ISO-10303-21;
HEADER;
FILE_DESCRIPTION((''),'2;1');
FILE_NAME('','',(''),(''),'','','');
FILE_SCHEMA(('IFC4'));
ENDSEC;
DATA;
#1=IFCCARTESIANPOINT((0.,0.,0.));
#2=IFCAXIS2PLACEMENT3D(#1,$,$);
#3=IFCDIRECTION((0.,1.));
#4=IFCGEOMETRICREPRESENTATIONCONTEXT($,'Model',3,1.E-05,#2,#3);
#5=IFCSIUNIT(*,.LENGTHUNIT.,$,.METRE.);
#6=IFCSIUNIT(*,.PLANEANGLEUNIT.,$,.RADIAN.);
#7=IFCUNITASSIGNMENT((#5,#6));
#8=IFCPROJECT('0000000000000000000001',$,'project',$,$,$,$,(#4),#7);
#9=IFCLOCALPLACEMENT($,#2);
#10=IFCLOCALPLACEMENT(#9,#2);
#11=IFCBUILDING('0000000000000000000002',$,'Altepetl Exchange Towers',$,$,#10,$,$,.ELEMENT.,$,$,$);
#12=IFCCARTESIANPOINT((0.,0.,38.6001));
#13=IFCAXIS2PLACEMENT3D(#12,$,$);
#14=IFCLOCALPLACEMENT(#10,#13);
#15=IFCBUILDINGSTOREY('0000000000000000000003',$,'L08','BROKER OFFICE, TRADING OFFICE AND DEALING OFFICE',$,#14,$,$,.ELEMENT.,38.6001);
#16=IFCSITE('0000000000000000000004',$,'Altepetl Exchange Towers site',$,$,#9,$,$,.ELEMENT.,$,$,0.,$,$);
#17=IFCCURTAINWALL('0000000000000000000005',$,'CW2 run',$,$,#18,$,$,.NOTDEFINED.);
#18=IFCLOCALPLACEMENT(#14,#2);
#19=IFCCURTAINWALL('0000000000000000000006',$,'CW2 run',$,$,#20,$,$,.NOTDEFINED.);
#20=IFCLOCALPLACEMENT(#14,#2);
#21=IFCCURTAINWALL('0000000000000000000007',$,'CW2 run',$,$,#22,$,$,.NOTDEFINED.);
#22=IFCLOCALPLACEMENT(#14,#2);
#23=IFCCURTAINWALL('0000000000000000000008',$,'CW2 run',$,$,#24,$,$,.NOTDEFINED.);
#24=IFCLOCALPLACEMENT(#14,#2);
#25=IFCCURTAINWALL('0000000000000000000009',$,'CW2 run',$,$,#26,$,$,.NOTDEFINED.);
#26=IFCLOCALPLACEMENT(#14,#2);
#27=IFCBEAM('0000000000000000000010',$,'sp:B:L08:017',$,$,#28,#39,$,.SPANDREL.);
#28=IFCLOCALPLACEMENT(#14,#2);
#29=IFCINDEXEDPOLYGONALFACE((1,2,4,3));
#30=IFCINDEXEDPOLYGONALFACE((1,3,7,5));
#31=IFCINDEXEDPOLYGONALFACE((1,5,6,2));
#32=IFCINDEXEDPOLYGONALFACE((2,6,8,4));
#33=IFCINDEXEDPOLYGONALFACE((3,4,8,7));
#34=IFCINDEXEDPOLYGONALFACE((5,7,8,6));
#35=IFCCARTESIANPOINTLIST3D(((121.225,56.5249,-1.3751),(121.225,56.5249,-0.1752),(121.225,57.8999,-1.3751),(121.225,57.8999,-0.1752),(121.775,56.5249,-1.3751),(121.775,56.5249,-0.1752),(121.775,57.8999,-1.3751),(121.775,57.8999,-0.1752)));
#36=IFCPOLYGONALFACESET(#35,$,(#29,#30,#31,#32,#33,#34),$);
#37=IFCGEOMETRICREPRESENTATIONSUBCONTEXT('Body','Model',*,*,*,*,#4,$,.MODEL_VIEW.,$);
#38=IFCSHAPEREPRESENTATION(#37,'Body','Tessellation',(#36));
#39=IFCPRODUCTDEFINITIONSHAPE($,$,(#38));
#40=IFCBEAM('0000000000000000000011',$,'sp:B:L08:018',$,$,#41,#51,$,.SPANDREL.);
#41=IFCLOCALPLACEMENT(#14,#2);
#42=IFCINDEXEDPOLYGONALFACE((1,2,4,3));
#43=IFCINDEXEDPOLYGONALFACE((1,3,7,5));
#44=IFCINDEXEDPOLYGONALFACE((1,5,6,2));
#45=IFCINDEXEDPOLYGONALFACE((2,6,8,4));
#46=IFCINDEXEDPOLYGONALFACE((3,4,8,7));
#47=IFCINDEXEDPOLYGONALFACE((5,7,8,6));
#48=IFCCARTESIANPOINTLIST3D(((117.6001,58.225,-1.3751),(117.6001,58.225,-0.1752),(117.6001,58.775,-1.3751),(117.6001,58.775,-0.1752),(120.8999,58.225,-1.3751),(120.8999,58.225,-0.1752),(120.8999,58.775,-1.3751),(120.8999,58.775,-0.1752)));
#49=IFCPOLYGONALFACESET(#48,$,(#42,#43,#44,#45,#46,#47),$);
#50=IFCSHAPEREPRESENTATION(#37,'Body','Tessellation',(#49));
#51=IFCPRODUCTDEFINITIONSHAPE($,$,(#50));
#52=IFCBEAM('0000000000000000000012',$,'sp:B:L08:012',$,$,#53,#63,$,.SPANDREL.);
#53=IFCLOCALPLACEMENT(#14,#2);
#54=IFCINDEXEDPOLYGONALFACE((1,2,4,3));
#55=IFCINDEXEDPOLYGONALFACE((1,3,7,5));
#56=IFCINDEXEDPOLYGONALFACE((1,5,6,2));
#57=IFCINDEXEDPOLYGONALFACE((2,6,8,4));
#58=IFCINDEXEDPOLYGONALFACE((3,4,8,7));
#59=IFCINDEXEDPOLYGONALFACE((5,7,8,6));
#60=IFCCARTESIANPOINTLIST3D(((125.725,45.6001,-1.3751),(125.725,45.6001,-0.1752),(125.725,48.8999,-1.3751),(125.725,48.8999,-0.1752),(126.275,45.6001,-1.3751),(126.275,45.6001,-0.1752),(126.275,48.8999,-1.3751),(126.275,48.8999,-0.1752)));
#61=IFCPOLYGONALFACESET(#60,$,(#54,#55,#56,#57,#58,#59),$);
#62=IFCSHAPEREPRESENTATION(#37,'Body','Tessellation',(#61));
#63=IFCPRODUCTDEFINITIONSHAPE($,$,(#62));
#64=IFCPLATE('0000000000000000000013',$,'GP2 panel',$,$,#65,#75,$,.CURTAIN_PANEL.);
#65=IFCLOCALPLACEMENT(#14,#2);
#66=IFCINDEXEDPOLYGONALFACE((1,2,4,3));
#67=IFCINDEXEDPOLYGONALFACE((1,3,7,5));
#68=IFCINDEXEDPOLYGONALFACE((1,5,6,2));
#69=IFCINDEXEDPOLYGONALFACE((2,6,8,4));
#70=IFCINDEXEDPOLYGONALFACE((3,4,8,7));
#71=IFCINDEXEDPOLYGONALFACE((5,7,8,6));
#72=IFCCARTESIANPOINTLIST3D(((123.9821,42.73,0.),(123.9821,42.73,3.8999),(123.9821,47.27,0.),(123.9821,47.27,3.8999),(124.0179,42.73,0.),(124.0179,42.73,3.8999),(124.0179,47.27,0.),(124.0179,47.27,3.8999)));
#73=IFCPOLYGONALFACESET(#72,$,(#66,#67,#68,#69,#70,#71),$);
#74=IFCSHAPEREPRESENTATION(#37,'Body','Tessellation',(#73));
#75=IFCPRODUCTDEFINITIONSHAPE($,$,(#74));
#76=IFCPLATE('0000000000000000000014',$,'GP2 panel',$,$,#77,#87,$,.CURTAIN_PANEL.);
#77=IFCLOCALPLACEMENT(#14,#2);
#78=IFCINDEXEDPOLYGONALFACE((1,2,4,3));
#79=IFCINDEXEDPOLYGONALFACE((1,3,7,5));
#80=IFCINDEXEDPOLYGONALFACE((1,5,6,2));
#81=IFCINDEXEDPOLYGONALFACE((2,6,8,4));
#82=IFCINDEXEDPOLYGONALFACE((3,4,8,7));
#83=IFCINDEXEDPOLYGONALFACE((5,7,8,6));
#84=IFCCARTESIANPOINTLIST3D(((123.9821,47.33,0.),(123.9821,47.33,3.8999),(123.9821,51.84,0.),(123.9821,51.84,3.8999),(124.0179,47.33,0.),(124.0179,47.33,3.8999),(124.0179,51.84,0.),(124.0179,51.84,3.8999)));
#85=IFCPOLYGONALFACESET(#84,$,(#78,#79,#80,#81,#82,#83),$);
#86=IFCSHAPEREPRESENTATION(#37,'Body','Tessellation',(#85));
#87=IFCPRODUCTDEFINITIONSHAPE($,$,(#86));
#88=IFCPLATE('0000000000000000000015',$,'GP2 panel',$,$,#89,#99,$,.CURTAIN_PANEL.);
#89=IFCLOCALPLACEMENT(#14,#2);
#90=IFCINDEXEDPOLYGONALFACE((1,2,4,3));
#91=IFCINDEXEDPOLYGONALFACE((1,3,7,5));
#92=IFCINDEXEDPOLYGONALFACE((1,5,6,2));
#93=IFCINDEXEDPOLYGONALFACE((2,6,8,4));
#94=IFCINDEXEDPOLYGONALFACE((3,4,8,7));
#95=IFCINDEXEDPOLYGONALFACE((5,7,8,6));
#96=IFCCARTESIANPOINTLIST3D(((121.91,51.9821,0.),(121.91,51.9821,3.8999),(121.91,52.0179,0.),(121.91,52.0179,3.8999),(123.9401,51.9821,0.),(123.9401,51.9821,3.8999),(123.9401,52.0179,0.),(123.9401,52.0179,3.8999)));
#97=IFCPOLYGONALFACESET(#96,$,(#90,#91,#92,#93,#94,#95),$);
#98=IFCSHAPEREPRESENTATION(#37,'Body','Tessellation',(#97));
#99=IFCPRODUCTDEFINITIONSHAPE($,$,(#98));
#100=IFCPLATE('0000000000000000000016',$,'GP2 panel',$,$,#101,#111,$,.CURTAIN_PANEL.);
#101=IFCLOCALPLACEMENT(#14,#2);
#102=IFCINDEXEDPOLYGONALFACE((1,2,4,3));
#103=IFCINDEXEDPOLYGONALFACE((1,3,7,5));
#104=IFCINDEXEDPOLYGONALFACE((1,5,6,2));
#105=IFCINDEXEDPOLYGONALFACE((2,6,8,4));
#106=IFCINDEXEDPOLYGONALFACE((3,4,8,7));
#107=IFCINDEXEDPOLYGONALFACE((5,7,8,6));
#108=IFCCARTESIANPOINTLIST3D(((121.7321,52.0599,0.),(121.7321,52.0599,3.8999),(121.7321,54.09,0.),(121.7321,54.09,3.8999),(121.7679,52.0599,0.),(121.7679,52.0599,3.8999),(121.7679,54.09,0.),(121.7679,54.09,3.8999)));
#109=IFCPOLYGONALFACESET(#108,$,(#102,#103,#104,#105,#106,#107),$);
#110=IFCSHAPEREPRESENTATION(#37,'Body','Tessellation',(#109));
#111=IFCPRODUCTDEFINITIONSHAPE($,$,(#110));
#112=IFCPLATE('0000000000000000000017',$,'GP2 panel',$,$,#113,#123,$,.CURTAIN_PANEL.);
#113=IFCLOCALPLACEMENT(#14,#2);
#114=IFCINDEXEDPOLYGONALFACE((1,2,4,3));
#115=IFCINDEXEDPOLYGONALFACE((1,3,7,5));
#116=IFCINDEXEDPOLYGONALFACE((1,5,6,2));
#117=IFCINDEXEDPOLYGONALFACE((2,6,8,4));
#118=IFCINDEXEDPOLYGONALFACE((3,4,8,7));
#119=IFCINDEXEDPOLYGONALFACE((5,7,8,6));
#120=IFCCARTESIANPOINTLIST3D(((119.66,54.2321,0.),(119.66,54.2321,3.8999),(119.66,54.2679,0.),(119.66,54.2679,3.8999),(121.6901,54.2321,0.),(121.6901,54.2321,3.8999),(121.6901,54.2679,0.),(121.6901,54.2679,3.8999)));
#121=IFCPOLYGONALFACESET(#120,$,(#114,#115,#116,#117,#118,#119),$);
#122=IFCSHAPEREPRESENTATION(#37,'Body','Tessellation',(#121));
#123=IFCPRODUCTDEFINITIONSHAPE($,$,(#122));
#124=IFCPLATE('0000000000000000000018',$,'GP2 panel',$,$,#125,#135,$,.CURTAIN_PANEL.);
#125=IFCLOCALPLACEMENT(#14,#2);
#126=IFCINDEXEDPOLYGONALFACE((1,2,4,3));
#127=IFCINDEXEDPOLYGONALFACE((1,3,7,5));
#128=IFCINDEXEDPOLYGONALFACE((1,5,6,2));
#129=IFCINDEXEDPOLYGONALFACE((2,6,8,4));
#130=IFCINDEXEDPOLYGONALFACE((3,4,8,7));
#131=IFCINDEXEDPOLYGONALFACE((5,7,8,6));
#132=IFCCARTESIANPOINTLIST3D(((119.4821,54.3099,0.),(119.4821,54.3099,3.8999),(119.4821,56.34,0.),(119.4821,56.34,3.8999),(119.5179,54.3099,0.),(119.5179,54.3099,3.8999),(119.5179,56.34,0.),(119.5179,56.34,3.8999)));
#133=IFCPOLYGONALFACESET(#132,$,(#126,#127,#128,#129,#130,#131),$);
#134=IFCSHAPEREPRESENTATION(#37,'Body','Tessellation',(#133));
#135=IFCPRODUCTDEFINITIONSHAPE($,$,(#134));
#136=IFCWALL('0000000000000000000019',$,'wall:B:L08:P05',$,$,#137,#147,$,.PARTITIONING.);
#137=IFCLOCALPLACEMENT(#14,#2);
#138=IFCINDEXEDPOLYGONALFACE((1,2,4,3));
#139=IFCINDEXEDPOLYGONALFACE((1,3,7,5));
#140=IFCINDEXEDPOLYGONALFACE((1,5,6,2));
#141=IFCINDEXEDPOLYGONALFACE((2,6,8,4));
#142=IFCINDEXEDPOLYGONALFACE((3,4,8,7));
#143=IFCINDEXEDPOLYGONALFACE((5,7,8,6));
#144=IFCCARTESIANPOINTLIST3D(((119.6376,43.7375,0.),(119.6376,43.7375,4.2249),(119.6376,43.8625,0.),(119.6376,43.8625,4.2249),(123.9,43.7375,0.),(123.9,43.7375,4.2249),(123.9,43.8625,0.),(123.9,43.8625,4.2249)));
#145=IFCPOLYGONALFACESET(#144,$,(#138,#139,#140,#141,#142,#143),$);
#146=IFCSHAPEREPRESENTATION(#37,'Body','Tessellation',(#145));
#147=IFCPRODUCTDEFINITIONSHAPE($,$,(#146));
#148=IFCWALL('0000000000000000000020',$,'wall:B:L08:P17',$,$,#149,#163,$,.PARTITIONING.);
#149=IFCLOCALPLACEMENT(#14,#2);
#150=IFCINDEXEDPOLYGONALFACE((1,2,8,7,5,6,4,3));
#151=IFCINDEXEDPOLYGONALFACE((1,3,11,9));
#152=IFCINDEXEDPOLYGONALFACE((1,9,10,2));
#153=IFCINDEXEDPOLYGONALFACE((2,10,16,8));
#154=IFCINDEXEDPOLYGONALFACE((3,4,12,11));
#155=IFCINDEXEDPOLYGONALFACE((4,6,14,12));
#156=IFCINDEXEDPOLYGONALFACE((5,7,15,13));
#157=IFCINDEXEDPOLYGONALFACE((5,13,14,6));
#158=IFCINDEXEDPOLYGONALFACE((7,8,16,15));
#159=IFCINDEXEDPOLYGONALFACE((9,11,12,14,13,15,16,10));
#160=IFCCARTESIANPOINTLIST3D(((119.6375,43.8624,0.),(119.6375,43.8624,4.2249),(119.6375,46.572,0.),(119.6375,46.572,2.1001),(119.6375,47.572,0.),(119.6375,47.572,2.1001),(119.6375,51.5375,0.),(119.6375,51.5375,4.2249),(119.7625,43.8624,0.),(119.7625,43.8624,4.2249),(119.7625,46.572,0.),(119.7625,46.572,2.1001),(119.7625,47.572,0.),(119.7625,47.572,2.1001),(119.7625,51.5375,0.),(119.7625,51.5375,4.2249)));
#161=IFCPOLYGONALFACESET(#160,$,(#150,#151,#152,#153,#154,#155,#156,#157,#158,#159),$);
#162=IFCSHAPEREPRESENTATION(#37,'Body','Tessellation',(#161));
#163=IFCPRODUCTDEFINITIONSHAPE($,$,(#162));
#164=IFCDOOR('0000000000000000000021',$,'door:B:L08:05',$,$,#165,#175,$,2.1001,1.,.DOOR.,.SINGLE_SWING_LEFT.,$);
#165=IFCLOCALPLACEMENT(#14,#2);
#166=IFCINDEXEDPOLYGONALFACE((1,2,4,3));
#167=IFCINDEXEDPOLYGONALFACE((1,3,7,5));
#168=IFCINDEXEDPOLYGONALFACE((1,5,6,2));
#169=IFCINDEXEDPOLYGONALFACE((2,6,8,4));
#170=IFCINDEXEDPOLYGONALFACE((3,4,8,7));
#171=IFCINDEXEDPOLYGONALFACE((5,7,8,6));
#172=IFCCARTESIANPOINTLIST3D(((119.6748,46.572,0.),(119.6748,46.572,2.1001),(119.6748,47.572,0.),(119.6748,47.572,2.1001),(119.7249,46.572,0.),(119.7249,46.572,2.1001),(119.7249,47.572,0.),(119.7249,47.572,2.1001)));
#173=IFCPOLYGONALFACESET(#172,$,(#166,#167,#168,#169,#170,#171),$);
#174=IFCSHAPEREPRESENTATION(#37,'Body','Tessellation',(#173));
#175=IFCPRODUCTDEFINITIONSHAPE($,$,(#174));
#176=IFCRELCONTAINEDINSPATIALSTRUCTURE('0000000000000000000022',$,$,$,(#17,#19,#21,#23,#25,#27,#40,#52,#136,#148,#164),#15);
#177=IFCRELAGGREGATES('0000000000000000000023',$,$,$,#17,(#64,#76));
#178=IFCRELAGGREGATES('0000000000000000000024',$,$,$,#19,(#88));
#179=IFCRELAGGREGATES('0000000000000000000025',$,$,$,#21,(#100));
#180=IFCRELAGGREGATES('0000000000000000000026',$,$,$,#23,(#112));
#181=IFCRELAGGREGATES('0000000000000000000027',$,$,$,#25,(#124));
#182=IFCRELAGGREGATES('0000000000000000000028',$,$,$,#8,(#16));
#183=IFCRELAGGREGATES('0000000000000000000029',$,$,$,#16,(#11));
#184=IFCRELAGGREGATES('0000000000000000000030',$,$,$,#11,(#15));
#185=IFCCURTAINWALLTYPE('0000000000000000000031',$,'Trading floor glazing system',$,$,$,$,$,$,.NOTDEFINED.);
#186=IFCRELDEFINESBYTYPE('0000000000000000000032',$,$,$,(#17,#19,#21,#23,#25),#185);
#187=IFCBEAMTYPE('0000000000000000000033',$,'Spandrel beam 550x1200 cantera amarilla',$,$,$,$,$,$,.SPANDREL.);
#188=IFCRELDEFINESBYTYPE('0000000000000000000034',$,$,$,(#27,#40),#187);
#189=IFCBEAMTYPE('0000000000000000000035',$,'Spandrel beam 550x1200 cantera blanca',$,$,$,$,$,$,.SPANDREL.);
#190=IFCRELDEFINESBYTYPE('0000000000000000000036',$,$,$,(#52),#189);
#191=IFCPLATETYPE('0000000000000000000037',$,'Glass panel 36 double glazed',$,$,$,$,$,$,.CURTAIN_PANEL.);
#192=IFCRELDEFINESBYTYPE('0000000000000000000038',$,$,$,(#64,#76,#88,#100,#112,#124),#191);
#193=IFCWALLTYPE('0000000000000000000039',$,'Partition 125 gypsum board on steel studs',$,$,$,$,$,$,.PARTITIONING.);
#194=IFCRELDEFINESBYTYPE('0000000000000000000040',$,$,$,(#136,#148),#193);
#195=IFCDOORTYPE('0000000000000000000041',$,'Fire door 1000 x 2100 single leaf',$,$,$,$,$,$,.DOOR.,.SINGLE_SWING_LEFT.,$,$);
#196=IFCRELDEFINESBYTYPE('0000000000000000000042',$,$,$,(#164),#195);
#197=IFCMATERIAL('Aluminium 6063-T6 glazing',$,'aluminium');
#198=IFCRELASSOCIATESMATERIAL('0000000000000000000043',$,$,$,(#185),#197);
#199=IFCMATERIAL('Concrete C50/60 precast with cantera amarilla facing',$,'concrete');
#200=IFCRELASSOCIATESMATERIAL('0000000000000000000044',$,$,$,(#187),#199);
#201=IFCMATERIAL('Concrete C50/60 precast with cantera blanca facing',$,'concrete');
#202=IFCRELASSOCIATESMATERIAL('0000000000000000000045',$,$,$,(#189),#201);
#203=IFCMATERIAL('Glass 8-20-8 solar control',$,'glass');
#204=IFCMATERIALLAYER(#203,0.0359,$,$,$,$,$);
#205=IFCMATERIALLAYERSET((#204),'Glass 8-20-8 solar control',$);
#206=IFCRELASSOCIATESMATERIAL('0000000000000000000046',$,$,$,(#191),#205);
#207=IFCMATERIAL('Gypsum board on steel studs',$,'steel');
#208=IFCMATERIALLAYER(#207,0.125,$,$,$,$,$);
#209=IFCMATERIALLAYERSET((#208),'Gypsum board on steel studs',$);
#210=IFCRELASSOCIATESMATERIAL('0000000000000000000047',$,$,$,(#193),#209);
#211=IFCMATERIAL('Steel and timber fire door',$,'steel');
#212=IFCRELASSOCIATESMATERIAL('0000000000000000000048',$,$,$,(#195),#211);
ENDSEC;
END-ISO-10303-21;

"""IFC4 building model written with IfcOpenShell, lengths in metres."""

from ifc_helpers import new_model, si_unit, direction, frame, frame_2d, origin, origin_2d, place, context, subcontext, project, spatial, rectangle, extrude, material, layer, layer_set, material_profile, profile_set, type_object, element, fill, aggregate, save


model = new_model("IFC4")

# Units and contexts
model_context = context("Model", 3, precision=1e-05, world=origin(), true_north=direction((0.0, 1.0)))
body_context = subcontext(model_context, "Body", "Model", "MODEL_VIEW")
ifc_project = project(units=[si_unit("LENGTHUNIT", "METRE"), si_unit("PLANEANGLEUNIT", "RADIAN")], contexts=[model_context])

# Site, building, storey
site_placement = place(None, origin())
site = spatial("IfcSite", under=ifc_project, at=site_placement, Name="Altepetl Exchange Towers site", CompositionType="ELEMENT", RefElevation=0.0)
building_placement = place(site_placement, origin())
building = spatial("IfcBuilding", under=site, at=building_placement, Name="Altepetl Exchange Towers", CompositionType="ELEMENT")
storey_placement = place(building_placement, frame((0.0, 0.0, 38.6001)))
storey = spatial("IfcBuildingStorey", under=building, at=storey_placement, Name="L08", Description="BROKER OFFICE, TRADING OFFICE AND DEALING OFFICE", CompositionType="ELEMENT", Elevation=38.6001)

# Curtain walls
ifc_material_1 = material(Name="Aluminium 6063-T6 glazing", Category="aluminium")
curtain_wall_type = type_object("IfcCurtainWallType", Name="Trading floor glazing system", PredefinedType="NOTDEFINED", material=ifc_material_1)
curtain_wall_1_placement = place(storey_placement, origin())
curtain_wall_1 = element("IfcCurtainWall", 1, at=curtain_wall_1_placement, inside=storey, type_object=curtain_wall_type, Name="CW2 run", PredefinedType="NOTDEFINED")
curtain_wall_2_placement = place(storey_placement, origin())
curtain_wall_2 = element("IfcCurtainWall", 2, at=curtain_wall_2_placement, inside=storey, type_object=curtain_wall_type, Name="CW2 run", PredefinedType="NOTDEFINED")
curtain_wall_3_placement = place(storey_placement, origin())
curtain_wall_3 = element("IfcCurtainWall", 3, at=curtain_wall_3_placement, inside=storey, type_object=curtain_wall_type, Name="CW2 run", PredefinedType="NOTDEFINED")
curtain_wall_4_placement = place(storey_placement, origin())
curtain_wall_4 = element("IfcCurtainWall", 4, at=curtain_wall_4_placement, inside=storey, type_object=curtain_wall_type, Name="CW2 run", PredefinedType="NOTDEFINED")
curtain_wall_5_placement = place(storey_placement, origin())
curtain_wall_5 = element("IfcCurtainWall", 5, at=curtain_wall_5_placement, inside=storey, type_object=curtain_wall_type, Name="CW2 run", PredefinedType="NOTDEFINED")

# Beams
ifc_material_2 = material(Name="Concrete C50/60 precast with cantera amarilla facing", Category="concrete")
ifc_material_profile_1 = material_profile(ifc_material_2, rectangle(XDim=0.55, YDim=1.2, at=origin_2d()), Name="550 x 1200")
ifc_profile_set_1 = profile_set([ifc_material_profile_1], Name="Concrete C50/60 precast with cantera amarilla facing")
beam_type_1 = type_object("IfcBeamType", Name="Spandrel beam 550x1200 cantera amarilla", PredefinedType="SPANDREL", material=ifc_profile_set_1)
beam_1_placement = place(storey_placement, frame((121.5, 56.5249, -0.7751), z_axis=(0.0, 1.0, 0.0), x_axis=(-1.0, 0.0, 0.0)))
element("IfcBeam", 6, at=beam_1_placement, inside=storey, type_object=beam_type_1, Name="sp:B:L08:017", PredefinedType="SPANDREL", context=body_context, shape_type="SweptSolid", body=[
    extrude(rectangle(XDim=0.55, YDim=1.2, at=origin_2d()), origin(), (0.0, 0.0, 1.0), 1.375),
])
beam_2_placement = place(storey_placement, frame((120.8999, 58.5, -0.7751), z_axis=(-1.0, 0.0, 0.0), x_axis=(0.0, -1.0, 0.0)))
element("IfcBeam", 7, at=beam_2_placement, inside=storey, type_object=beam_type_1, Name="sp:B:L08:018", PredefinedType="SPANDREL", context=body_context, shape_type="SweptSolid", body=[
    extrude(rectangle(XDim=0.55, YDim=1.2, at=origin_2d()), origin(), (0.0, 0.0, 1.0), 3.2998),
])
ifc_material_3 = material(Name="Concrete C50/60 precast with cantera blanca facing", Category="concrete")
ifc_material_profile_2 = material_profile(ifc_material_3, rectangle(XDim=0.55, YDim=1.2, at=origin_2d()), Name="550 x 1200")
ifc_profile_set_2 = profile_set([ifc_material_profile_2], Name="Concrete C50/60 precast with cantera blanca facing")
beam_type_2 = type_object("IfcBeamType", Name="Spandrel beam 550x1200 cantera blanca", PredefinedType="SPANDREL", material=ifc_profile_set_2)
beam_3_placement = place(storey_placement, frame((126.0, 45.6001, -0.7751), z_axis=(0.0, 1.0, 0.0), x_axis=(-1.0, 0.0, 0.0)))
element("IfcBeam", 8, at=beam_3_placement, inside=storey, type_object=beam_type_2, Name="sp:B:L08:012", PredefinedType="SPANDREL", context=body_context, shape_type="SweptSolid", body=[
    extrude(rectangle(XDim=0.55, YDim=1.2, at=origin_2d()), origin(), (0.0, 0.0, 1.0), 3.2998),
])

# Plates
ifc_material_4 = material(Name="Glass 8-20-8 solar control", Category="glass")
ifc_layer_1 = layer(ifc_material_4, 0.0359)
ifc_layer_set_1 = layer_set([ifc_layer_1], Name="Glass 8-20-8 solar control")
plate_type = type_object("IfcPlateType", Name="Glass panel 36 double glazed", PredefinedType="CURTAIN_PANEL", material=ifc_layer_set_1)
plate_1_placement = place(storey_placement, frame((124.0, 45.0, 0.0), z_axis=(0.0, 0.0, 1.0), x_axis=(0.0, 1.0, 0.0)))
plate_1 = element("IfcPlate", 9, at=plate_1_placement, type_object=plate_type, Name="GP2 panel", PredefinedType="CURTAIN_PANEL", context=body_context, shape_type="SweptSolid", body=[
    extrude(rectangle(XDim=4.54, YDim=0.0359, at=origin_2d()), origin(), (0.0, 0.0, 1.0), 3.8999),
])
plate_2_placement = place(storey_placement, frame((124.0, 49.585, 0.0), z_axis=(0.0, 0.0, 1.0), x_axis=(0.0, 1.0, 0.0)))
plate_2 = element("IfcPlate", 10, at=plate_2_placement, type_object=plate_type, Name="GP2 panel", PredefinedType="CURTAIN_PANEL", context=body_context, shape_type="SweptSolid", body=[
    extrude(rectangle(XDim=4.51, YDim=0.0359, at=origin_2d()), origin(), (0.0, 0.0, 1.0), 3.8999),
])
aggregate(curtain_wall_1, [plate_1, plate_2])
plate_3_placement = place(storey_placement, frame((122.925, 52.0, 0.0), z_axis=(0.0, 0.0, 1.0), x_axis=(-1.0, 0.0, 0.0)))
plate_3 = element("IfcPlate", 11, at=plate_3_placement, type_object=plate_type, Name="GP2 panel", PredefinedType="CURTAIN_PANEL", context=body_context, shape_type="SweptSolid", body=[
    extrude(rectangle(XDim=2.03, YDim=0.0359, at=origin_2d()), origin(), (0.0, 0.0, 1.0), 3.8999),
])
aggregate(curtain_wall_2, [plate_3])
plate_4_placement = place(storey_placement, frame((121.75, 53.075, 0.0), z_axis=(0.0, 0.0, 1.0), x_axis=(0.0, 1.0, 0.0)))
plate_4 = element("IfcPlate", 12, at=plate_4_placement, type_object=plate_type, Name="GP2 panel", PredefinedType="CURTAIN_PANEL", context=body_context, shape_type="SweptSolid", body=[
    extrude(rectangle(XDim=2.03, YDim=0.0359, at=origin_2d()), origin(), (0.0, 0.0, 1.0), 3.8999),
])
aggregate(curtain_wall_3, [plate_4])
plate_5_placement = place(storey_placement, frame((120.675, 54.25, 0.0), z_axis=(0.0, 0.0, 1.0), x_axis=(-1.0, 0.0, 0.0)))
plate_5 = element("IfcPlate", 13, at=plate_5_placement, type_object=plate_type, Name="GP2 panel", PredefinedType="CURTAIN_PANEL", context=body_context, shape_type="SweptSolid", body=[
    extrude(rectangle(XDim=2.03, YDim=0.0359, at=origin_2d()), origin(), (0.0, 0.0, 1.0), 3.8999),
])
aggregate(curtain_wall_4, [plate_5])
plate_6_placement = place(storey_placement, frame((119.5, 55.325, 0.0), z_axis=(0.0, 0.0, 1.0), x_axis=(0.0, 1.0, 0.0)))
plate_6 = element("IfcPlate", 14, at=plate_6_placement, type_object=plate_type, Name="GP2 panel", PredefinedType="CURTAIN_PANEL", context=body_context, shape_type="SweptSolid", body=[
    extrude(rectangle(XDim=2.03, YDim=0.0359, at=origin_2d()), origin(), (0.0, 0.0, 1.0), 3.8999),
])
aggregate(curtain_wall_5, [plate_6])

# Wall
ifc_material_5 = material(Name="Gypsum board on steel studs", Category="steel")
ifc_layer_2 = layer(ifc_material_5, 0.125)
ifc_layer_set_2 = layer_set([ifc_layer_2], Name="Gypsum board on steel studs")
wall_type = type_object("IfcWallType", Name="Partition 125 gypsum board on steel studs", PredefinedType="PARTITIONING", material=ifc_layer_set_2)
wall_1_placement = place(storey_placement, frame((119.6375, 43.8, 0.0)))
element("IfcWall", 15, at=wall_1_placement, inside=storey, type_object=wall_type, Name="wall:B:L08:P05", PredefinedType="PARTITIONING", context=body_context, shape_type="SweptSolid", body=[
    extrude(rectangle(XDim=4.2625, YDim=0.125, at=frame_2d((2.1313, 0.0))), origin(), (0.0, 0.0, 1.0), 4.2249),
])

# Wall, opening, door
wall_2_placement = place(storey_placement, frame((119.7, 43.8625, 0.0), z_axis=(0.0, 0.0, 1.0), x_axis=(0.0, 1.0, 0.0)))
wall_2 = element("IfcWall", 16, at=wall_2_placement, inside=storey, type_object=wall_type, Name="wall:B:L08:P17", PredefinedType="PARTITIONING", context=body_context, shape_type="SweptSolid", body=[
    extrude(rectangle(XDim=7.675, YDim=0.125, at=frame_2d((3.8374, 0.0))), origin(), (0.0, 0.0, 1.0), 4.2249),
])
opening_placement = place(wall_2_placement, frame((2.7095, 0.0, 0.0)))
opening = element("IfcOpeningElement", 17, at=opening_placement, cuts=wall_2, PredefinedType="OPENING", context=body_context, shape_type="SweptSolid", body=[
    extrude(rectangle(XDim=1.0, YDim=2.1001, at=frame_2d((0.5, 1.05))), frame((0.0, 0.0725, 0.0), z_axis=(0.0, -1.0, 0.0), x_axis=(1.0, 0.0, 0.0)), (0.0, 0.0, 1.0), 0.145),
])
ifc_material_6 = material(Name="Steel and timber fire door", Category="steel")
door_type = type_object("IfcDoorType", Name="Fire door 1000 x 2100 single leaf", OperationType="SINGLE_SWING_LEFT", PredefinedType="DOOR", material=ifc_material_6)
door_placement = place(opening_placement, frame((1.0, 0.0, 0.0), x_axis=(-1.0, 0.0, 0.0)))
door = element("IfcDoor", 18, at=door_placement, inside=storey, type_object=door_type, Name="door:B:L08:05", OperationType="SINGLE_SWING_LEFT", OverallHeight=2.1001, OverallWidth=1.0, PredefinedType="DOOR", context=body_context, shape_type="SweptSolid", body=[
    extrude(rectangle(XDim=1.0, YDim=2.1001, at=frame_2d((0.5, 1.05))), frame((0.0, 0.0249, 0.0), z_axis=(0.0, -1.0, 0.0), x_axis=(1.0, 0.0, 0.0)), (0.0, 0.0, 1.0), 0.05),
])
fill(opening, door)

save(model, "model.ifc")
